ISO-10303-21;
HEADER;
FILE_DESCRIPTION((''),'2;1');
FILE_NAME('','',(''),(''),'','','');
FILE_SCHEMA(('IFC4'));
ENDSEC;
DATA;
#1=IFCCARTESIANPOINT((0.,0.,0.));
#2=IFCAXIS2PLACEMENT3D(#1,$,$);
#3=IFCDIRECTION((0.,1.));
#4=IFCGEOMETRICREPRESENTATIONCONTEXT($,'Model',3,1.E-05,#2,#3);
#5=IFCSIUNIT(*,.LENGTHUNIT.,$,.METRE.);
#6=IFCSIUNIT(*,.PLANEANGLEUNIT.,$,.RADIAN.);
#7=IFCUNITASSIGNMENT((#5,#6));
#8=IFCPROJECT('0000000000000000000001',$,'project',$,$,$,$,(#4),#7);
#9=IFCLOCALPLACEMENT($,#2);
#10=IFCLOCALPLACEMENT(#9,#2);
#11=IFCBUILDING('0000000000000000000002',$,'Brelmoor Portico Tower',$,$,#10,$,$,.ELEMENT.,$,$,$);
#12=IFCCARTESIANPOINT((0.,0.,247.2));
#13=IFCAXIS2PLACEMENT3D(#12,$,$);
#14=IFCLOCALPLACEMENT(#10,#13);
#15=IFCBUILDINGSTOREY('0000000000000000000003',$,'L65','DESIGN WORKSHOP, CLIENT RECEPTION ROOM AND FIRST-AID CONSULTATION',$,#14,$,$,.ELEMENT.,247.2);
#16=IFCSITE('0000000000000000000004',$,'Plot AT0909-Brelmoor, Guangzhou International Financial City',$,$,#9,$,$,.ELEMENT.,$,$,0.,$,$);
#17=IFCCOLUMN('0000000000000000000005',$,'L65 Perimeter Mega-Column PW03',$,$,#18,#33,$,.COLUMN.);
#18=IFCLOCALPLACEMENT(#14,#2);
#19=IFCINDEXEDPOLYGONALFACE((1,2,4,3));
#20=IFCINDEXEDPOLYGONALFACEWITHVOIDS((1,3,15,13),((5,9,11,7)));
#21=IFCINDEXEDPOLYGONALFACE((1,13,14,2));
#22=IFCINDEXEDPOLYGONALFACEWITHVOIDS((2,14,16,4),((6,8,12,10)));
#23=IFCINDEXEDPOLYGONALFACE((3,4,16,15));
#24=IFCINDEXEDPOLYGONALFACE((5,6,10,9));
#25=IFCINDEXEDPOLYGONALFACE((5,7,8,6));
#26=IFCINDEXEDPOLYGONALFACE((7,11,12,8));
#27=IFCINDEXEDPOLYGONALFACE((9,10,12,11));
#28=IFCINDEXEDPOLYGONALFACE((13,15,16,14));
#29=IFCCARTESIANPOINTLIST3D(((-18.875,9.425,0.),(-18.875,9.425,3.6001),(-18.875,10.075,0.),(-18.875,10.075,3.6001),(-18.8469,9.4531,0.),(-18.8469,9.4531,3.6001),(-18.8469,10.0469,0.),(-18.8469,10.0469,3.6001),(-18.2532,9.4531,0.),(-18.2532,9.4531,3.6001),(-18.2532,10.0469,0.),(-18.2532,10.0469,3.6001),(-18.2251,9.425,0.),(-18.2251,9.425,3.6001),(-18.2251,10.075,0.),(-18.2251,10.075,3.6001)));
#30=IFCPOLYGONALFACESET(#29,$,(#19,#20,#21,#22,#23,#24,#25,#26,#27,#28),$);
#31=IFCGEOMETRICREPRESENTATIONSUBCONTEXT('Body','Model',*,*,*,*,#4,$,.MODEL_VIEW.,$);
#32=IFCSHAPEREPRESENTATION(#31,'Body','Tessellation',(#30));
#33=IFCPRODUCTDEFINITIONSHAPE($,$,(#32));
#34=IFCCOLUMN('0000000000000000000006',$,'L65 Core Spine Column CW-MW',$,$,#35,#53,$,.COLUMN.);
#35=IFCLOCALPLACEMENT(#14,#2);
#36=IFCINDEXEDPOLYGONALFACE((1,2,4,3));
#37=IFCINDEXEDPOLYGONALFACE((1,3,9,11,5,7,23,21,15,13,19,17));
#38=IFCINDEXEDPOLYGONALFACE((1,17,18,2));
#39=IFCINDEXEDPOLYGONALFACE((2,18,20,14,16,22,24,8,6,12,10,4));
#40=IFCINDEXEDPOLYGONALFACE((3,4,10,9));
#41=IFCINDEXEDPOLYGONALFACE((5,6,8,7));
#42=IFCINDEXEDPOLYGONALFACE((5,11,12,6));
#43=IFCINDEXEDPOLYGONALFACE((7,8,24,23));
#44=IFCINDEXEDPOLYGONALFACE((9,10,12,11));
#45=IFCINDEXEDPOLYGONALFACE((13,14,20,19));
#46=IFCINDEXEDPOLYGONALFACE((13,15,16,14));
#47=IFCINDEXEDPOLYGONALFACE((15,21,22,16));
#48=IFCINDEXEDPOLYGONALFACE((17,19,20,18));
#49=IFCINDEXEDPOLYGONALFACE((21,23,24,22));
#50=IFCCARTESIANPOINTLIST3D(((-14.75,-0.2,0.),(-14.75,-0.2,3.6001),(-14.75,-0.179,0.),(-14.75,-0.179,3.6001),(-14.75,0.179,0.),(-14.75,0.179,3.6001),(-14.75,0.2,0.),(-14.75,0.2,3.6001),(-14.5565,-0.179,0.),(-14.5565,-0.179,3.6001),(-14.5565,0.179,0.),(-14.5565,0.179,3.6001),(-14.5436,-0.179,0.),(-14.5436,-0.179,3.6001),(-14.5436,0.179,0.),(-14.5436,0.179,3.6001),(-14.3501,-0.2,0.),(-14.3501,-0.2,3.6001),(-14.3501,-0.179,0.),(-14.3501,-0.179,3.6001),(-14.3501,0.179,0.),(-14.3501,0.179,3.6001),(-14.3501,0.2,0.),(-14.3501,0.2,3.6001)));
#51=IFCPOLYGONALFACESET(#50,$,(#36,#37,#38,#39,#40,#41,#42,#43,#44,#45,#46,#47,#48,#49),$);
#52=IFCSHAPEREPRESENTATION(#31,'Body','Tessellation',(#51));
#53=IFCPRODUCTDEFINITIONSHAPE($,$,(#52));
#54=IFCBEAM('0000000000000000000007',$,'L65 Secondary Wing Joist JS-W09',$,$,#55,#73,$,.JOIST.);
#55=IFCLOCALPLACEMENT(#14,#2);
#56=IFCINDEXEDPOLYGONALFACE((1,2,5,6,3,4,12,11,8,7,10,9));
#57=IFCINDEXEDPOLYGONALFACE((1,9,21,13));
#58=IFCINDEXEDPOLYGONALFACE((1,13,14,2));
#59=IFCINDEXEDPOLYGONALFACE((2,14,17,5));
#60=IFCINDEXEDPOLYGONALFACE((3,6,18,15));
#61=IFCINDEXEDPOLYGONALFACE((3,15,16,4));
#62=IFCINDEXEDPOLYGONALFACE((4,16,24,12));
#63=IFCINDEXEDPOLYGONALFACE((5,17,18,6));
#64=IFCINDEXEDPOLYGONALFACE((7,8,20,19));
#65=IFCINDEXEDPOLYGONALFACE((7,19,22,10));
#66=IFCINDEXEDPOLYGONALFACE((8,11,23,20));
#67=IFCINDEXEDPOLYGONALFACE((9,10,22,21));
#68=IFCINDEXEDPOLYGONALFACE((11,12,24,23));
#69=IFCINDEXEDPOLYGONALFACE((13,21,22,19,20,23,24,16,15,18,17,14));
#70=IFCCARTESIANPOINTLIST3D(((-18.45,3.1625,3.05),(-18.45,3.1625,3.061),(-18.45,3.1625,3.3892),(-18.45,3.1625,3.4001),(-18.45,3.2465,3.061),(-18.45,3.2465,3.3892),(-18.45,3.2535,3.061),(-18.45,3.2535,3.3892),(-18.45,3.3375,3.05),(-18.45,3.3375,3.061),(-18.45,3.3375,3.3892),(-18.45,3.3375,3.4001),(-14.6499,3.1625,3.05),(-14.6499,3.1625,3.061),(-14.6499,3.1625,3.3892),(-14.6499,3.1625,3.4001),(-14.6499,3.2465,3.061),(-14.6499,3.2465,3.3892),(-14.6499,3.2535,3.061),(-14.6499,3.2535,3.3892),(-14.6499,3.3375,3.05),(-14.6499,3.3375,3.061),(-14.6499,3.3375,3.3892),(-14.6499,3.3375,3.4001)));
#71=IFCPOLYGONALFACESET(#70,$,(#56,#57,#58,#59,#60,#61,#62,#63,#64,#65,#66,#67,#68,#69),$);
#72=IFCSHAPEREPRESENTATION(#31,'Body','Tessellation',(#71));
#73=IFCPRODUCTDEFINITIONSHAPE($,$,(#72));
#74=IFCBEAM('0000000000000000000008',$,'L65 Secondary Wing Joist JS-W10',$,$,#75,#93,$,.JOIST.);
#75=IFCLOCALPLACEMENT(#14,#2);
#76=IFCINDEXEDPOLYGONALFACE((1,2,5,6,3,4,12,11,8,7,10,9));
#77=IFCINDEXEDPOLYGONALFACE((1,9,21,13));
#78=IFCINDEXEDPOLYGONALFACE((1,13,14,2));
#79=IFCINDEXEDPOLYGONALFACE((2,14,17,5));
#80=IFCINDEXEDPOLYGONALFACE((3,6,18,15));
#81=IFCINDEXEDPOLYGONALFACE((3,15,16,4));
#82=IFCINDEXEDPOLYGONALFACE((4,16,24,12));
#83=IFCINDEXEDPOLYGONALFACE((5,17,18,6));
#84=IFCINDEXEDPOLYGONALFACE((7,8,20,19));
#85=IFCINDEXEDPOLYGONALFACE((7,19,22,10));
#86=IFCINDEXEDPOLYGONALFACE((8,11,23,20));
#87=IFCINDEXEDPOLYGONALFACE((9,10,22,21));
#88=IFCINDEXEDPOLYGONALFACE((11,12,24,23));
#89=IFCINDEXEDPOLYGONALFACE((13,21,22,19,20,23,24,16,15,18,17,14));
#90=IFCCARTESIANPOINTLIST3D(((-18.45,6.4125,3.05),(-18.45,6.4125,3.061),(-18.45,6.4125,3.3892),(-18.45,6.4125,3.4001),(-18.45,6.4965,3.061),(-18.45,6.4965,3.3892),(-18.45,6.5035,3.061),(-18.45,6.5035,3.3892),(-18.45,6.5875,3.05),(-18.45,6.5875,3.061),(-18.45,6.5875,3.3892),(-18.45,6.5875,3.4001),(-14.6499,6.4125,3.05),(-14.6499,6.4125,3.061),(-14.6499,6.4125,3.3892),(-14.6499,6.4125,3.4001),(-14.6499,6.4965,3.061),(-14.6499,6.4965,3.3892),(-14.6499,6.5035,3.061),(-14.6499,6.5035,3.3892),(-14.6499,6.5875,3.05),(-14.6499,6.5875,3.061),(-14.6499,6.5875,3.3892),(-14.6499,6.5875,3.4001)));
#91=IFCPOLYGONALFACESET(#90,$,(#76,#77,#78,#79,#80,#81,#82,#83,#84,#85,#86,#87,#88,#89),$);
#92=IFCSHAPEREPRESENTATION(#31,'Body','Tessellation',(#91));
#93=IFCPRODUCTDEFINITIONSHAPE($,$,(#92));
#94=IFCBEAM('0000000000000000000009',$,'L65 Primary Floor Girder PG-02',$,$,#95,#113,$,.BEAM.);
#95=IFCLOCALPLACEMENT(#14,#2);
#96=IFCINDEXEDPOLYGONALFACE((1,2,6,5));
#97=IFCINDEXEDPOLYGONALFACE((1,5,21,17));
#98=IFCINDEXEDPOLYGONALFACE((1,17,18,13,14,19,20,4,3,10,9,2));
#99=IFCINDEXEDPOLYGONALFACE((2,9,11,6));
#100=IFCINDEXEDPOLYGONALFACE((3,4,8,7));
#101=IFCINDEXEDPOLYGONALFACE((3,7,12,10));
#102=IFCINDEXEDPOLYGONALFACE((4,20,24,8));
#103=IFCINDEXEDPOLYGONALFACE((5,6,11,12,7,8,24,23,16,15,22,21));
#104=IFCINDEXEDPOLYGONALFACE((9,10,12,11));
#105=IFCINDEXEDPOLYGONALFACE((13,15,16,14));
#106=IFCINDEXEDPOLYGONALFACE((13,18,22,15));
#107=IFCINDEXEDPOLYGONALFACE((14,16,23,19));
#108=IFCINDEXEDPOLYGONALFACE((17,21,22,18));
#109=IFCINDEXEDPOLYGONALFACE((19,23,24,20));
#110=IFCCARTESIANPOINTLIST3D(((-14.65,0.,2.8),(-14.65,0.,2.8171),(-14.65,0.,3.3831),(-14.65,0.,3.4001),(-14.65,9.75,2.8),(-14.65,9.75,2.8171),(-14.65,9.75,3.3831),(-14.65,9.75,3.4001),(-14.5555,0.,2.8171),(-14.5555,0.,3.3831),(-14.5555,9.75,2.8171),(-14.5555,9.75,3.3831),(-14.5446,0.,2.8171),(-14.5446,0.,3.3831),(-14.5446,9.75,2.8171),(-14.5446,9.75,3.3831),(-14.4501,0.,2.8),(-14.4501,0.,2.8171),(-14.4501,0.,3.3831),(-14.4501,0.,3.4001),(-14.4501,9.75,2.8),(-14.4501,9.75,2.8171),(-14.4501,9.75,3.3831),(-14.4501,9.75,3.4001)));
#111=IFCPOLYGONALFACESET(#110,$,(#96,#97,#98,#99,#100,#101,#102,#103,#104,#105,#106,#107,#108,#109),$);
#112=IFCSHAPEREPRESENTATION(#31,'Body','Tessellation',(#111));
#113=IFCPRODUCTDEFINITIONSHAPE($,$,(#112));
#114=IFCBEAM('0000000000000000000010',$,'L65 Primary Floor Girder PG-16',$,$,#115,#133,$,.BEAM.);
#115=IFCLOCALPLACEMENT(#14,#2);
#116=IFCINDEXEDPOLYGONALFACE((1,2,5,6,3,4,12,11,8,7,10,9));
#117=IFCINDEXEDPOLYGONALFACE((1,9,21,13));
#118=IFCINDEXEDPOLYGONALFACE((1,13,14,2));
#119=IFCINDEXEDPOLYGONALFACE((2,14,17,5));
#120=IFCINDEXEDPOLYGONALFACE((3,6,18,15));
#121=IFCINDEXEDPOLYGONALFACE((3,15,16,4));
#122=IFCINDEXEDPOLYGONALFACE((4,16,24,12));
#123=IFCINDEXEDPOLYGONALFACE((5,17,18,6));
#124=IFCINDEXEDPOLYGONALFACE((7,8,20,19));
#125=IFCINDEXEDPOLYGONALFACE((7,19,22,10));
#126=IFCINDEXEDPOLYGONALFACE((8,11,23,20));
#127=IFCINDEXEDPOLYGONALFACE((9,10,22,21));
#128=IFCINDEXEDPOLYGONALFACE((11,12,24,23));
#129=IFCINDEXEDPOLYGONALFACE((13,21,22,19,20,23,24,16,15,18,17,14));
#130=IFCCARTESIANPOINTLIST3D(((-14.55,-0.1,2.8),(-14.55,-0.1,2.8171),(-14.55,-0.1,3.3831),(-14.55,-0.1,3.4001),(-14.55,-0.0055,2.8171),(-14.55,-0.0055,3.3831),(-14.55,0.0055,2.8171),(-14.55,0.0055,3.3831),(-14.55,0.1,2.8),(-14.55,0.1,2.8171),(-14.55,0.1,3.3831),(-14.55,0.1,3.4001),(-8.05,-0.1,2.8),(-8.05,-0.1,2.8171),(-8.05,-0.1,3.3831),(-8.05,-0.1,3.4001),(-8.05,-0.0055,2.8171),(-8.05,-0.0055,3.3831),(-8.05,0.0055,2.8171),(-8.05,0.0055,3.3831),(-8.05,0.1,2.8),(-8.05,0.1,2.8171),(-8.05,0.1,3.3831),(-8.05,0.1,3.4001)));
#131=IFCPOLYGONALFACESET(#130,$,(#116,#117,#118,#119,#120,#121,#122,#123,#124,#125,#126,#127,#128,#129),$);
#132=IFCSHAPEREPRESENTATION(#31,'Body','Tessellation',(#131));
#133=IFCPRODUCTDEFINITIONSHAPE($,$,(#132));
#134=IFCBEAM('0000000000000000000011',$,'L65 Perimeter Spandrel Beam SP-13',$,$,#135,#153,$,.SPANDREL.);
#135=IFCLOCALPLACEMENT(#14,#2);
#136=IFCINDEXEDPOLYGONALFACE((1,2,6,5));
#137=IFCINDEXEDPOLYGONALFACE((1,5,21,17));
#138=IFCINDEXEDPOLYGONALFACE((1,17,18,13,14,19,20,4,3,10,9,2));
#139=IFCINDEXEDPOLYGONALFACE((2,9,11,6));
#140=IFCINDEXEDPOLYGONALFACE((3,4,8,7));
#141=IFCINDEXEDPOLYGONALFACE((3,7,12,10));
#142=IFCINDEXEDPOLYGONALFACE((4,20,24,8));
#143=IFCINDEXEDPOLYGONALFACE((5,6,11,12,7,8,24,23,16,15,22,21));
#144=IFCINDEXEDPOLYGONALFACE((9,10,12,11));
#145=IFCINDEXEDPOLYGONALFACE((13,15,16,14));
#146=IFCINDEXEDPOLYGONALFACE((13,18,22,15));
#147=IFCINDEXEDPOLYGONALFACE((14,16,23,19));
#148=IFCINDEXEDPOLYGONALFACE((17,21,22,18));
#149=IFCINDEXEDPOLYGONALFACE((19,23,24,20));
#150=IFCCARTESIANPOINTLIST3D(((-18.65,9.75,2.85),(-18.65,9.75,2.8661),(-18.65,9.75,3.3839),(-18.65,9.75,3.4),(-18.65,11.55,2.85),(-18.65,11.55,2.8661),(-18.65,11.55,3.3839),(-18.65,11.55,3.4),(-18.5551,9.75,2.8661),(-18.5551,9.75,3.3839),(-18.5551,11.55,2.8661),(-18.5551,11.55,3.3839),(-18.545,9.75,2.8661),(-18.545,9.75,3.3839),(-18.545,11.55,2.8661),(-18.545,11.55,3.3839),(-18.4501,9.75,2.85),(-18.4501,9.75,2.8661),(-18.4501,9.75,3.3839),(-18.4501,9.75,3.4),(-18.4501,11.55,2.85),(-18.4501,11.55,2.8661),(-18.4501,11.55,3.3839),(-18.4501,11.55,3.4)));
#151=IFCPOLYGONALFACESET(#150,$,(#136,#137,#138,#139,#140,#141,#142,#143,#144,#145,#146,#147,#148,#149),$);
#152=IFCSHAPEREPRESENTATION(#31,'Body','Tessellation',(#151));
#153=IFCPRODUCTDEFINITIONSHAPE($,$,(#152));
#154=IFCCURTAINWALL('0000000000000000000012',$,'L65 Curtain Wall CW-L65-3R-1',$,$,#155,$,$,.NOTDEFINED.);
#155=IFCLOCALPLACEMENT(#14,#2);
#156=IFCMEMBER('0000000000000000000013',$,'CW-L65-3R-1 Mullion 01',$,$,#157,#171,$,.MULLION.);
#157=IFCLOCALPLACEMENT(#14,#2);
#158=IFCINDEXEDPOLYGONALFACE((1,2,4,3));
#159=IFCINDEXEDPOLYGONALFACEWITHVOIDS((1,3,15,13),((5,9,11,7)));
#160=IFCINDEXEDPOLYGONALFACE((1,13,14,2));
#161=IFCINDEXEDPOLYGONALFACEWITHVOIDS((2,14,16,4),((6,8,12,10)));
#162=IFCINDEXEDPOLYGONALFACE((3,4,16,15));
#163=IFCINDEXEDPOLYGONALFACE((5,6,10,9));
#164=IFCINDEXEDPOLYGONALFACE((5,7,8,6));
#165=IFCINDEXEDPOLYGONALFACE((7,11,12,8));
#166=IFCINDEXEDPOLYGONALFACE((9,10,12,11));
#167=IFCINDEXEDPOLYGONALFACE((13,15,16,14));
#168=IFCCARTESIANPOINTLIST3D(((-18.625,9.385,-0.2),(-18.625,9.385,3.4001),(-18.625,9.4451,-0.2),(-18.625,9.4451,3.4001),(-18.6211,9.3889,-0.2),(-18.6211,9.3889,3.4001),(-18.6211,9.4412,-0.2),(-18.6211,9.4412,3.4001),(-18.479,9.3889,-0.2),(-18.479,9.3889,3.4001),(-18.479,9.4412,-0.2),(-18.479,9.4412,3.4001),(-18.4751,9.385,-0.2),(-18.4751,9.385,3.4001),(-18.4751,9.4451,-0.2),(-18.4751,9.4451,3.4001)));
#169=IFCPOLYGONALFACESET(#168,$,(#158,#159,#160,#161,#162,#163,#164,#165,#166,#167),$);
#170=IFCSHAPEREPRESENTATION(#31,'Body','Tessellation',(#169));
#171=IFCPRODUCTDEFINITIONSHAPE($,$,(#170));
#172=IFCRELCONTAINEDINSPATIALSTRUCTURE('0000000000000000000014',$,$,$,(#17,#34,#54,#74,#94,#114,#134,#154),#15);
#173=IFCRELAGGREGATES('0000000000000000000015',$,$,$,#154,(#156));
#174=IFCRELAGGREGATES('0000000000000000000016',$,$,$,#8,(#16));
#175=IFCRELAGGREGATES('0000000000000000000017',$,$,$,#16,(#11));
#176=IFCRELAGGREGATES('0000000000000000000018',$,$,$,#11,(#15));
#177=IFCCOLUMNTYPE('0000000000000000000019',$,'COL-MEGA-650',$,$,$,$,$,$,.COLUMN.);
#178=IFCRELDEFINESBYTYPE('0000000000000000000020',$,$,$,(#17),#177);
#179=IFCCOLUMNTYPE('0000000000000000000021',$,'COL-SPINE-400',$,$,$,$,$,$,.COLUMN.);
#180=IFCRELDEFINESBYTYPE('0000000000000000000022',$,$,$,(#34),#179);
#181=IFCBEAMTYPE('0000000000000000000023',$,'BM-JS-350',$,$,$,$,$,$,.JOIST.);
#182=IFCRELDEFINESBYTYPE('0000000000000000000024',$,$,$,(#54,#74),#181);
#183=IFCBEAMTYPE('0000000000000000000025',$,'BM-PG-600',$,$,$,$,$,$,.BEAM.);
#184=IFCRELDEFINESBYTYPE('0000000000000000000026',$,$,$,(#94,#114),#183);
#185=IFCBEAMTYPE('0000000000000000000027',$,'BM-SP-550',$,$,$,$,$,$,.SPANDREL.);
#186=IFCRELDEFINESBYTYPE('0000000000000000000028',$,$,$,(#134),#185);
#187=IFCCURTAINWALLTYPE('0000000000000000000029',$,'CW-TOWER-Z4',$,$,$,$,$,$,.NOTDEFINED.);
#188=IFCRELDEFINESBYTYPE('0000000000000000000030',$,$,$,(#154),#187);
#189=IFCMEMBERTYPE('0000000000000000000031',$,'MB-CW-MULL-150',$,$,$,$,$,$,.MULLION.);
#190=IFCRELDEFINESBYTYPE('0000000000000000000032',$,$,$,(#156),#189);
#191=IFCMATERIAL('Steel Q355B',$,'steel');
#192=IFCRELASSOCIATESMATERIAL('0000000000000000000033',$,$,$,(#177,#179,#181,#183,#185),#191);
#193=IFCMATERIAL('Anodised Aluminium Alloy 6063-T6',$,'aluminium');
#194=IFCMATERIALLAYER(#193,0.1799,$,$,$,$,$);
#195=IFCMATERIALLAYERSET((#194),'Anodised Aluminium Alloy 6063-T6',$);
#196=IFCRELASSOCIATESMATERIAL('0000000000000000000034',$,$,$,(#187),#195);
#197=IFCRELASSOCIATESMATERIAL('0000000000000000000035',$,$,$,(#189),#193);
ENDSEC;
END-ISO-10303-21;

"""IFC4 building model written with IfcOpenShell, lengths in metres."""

from ifc_helpers import new_model, si_unit, direction, frame, origin, origin_2d, place, context, subcontext, project, spatial, hollow_rectangle, i_section, extrude, material, layer, layer_set, material_profile, profile_set, type_object, element, aggregate, save


model = new_model("IFC4")

# Units and contexts
model_context = context("Model", 3, precision=1e-05, world=origin(), true_north=direction((0.0, 1.0)))
body_context = subcontext(model_context, "Body", "Model", "MODEL_VIEW")
ifc_project = project(units=[si_unit("LENGTHUNIT", "METRE"), si_unit("PLANEANGLEUNIT", "RADIAN")], contexts=[model_context])

# Site, building, storey
site_placement = place(None, origin())
site = spatial("IfcSite", under=ifc_project, at=site_placement, Name="Plot AT0909-Brelmoor, Guangzhou International Financial City", CompositionType="ELEMENT", RefElevation=0.0)
building_placement = place(site_placement, origin())
building = spatial("IfcBuilding", under=site, at=building_placement, Name="Brelmoor Portico Tower", CompositionType="ELEMENT")
storey_placement = place(building_placement, frame((0.0, 0.0, 247.2)))
storey = spatial("IfcBuildingStorey", under=building, at=storey_placement, Name="L65", Description="DESIGN WORKSHOP, CLIENT RECEPTION ROOM AND FIRST-AID CONSULTATION", CompositionType="ELEMENT", Elevation=247.2)

# Columns
ifc_material_1 = material(Name="Steel Q355B", Category="steel")
ifc_material_profile_1 = material_profile(ifc_material_1, hollow_rectangle(XDim=0.6499, YDim=0.6499, WallThickness=0.0281, at=origin_2d()), Name="BOX 650x650x28")
ifc_profile_set_1 = profile_set([ifc_material_profile_1], Name="Steel Q355B")
column_type_1 = type_object("IfcColumnType", Name="COL-MEGA-650", PredefinedType="COLUMN", material=ifc_profile_set_1)
column_1_placement = place(storey_placement, frame((-18.55, 9.75, 0.0), z_axis=(0.0, 0.0, 1.0), x_axis=(0.0, 1.0, 0.0)))
element("IfcColumn", 1, at=column_1_placement, inside=storey, type_object=column_type_1, Name="L65 Perimeter Mega-Column PW03", PredefinedType="COLUMN", context=body_context, shape_type="SweptSolid", body=[
    extrude(hollow_rectangle(XDim=0.6499, YDim=0.6499, WallThickness=0.0281, at=origin_2d()), origin(), (0.0, 0.0, 1.0), 3.6001),
])
ifc_material_profile_2 = material_profile(ifc_material_1, i_section(OverallWidth=0.3999, OverallDepth=0.3999, WebThickness=0.0129, FlangeThickness=0.021, at=origin_2d()), Name="HW 400x400x13x21")
ifc_profile_set_2 = profile_set([ifc_material_profile_2], Name="Steel Q355B")
column_type_2 = type_object("IfcColumnType", Name="COL-SPINE-400", PredefinedType="COLUMN", material=ifc_profile_set_2)
column_2_placement = place(storey_placement, frame((-14.55, 0.0, 0.0), z_axis=(0.0, 0.0, 1.0), x_axis=(1.0, 0.0, 0.0)))
element("IfcColumn", 2, at=column_2_placement, inside=storey, type_object=column_type_2, Name="L65 Core Spine Column CW-MW", PredefinedType="COLUMN", context=body_context, shape_type="SweptSolid", body=[
    extrude(i_section(OverallWidth=0.3999, OverallDepth=0.3999, WebThickness=0.0129, FlangeThickness=0.021, at=origin_2d()), origin(), (0.0, 0.0, 1.0), 3.6001),
])

# Beams
ifc_material_profile_3 = material_profile(ifc_material_1, i_section(OverallWidth=0.175, OverallDepth=0.3501, WebThickness=0.0071, FlangeThickness=0.011, at=origin_2d()), Name="HN 350x175x7x11")
ifc_profile_set_3 = profile_set([ifc_material_profile_3], Name="Steel Q355B")
beam_type_1 = type_object("IfcBeamType", Name="BM-JS-350", PredefinedType="JOIST", material=ifc_profile_set_3)
for number, where, z_axis, x_axis, name in (
    (3, (-18.45, 3.25, 3.2251), (1.0, 0.0, 0.0), (0.0, 1.0, 0.0), "L65 Secondary Wing Joist JS-W09"),
    (4, (-18.45, 6.5, 3.2251), (1.0, 0.0, 0.0), (0.0, 1.0, 0.0), "L65 Secondary Wing Joist JS-W10"),
):
    element("IfcBeam", number, at=place(storey_placement, frame(where, z_axis=z_axis, x_axis=x_axis)), inside=storey, type_object=beam_type_1, Name=name, PredefinedType="JOIST", context=body_context, shape_type="SweptSolid", body=[
        extrude(i_section(OverallWidth=0.175, OverallDepth=0.3501, WebThickness=0.0071, FlangeThickness=0.011, at=origin_2d()), origin(), (0.0, 0.0, 1.0), 3.8),
    ])
ifc_material_profile_4 = material_profile(ifc_material_1, i_section(OverallWidth=0.2, OverallDepth=0.6001, WebThickness=0.011, FlangeThickness=0.0171, at=origin_2d()), Name="HN 600x200x11x17")
ifc_profile_set_4 = profile_set([ifc_material_profile_4], Name="Steel Q355B")
beam_type_2 = type_object("IfcBeamType", Name="BM-PG-600", PredefinedType="BEAM", material=ifc_profile_set_4)
beam_1_placement = place(storey_placement, frame((-14.55, 0.0, 3.1001), z_axis=(0.0, 1.0, 0.0), x_axis=(-1.0, 0.0, 0.0)))
element("IfcBeam", 5, at=beam_1_placement, inside=storey, type_object=beam_type_2, Name="L65 Primary Floor Girder PG-02", PredefinedType="BEAM", context=body_context, shape_type="SweptSolid", body=[
    extrude(i_section(OverallWidth=0.2, OverallDepth=0.6001, WebThickness=0.011, FlangeThickness=0.0171, at=origin_2d()), origin(), (0.0, 0.0, 1.0), 9.75),
])
beam_2_placement = place(storey_placement, frame((-14.55, 0.0, 3.1001), z_axis=(1.0, 0.0, 0.0), x_axis=(0.0, 1.0, 0.0)))
element("IfcBeam", 6, at=beam_2_placement, inside=storey, type_object=beam_type_2, Name="L65 Primary Floor Girder PG-16", PredefinedType="BEAM", context=body_context, shape_type="SweptSolid", body=[
    extrude(i_section(OverallWidth=0.2, OverallDepth=0.6001, WebThickness=0.011, FlangeThickness=0.0171, at=origin_2d()), origin(), (0.0, 0.0, 1.0), 6.5),
])
ifc_material_profile_5 = material_profile(ifc_material_1, i_section(OverallWidth=0.2, OverallDepth=0.55, WebThickness=0.01, FlangeThickness=0.0161, at=origin_2d()), Name="HN 550x200x10x16")
ifc_profile_set_5 = profile_set([ifc_material_profile_5], Name="Steel Q355B")
beam_type_3 = type_object("IfcBeamType", Name="BM-SP-550", PredefinedType="SPANDREL", material=ifc_profile_set_5)
beam_3_placement = place(storey_placement, frame((-18.55, 9.75, 3.125), z_axis=(0.0, 1.0, 0.0), x_axis=(-1.0, 0.0, 0.0)))
element("IfcBeam", 7, at=beam_3_placement, inside=storey, type_object=beam_type_3, Name="L65 Perimeter Spandrel Beam SP-13", PredefinedType="SPANDREL", context=body_context, shape_type="SweptSolid", body=[
    extrude(i_section(OverallWidth=0.2, OverallDepth=0.55, WebThickness=0.01, FlangeThickness=0.0161, at=origin_2d()), origin(), (0.0, 0.0, 1.0), 1.8),
])

# Curtain wall, member
ifc_material_2 = material(Name="Anodised Aluminium Alloy 6063-T6", Category="aluminium")
ifc_layer_1 = layer(ifc_material_2, 0.1799)
ifc_layer_set_1 = layer_set([ifc_layer_1], Name="Anodised Aluminium Alloy 6063-T6")
curtain_wall_type = type_object("IfcCurtainWallType", Name="CW-TOWER-Z4", PredefinedType="NOTDEFINED", material=ifc_layer_set_1)
curtain_wall_placement = place(storey_placement, origin())
curtain_wall = element("IfcCurtainWall", 8, at=curtain_wall_placement, inside=storey, type_object=curtain_wall_type, Name="L65 Curtain Wall CW-L65-3R-1", PredefinedType="NOTDEFINED")
ifc_material_profile_6 = material_profile(ifc_material_2, hollow_rectangle(XDim=0.0601, YDim=0.1499, WallThickness=0.0039, at=origin_2d()), Name="ALU MULLION 60x150")
ifc_profile_set_6 = profile_set([ifc_material_profile_6], Name="Anodised Aluminium Alloy 6063-T6")
member_type_1 = type_object("IfcMemberType", Name="MB-CW-MULL-150", PredefinedType="MULLION", material=ifc_profile_set_6)
member_1_placement = place(storey_placement, frame((-18.55, 9.415, -0.2), z_axis=(0.0, 0.0, 1.0), x_axis=(0.0, 1.0, 0.0)))
member_1 = element("IfcMember", 9, at=member_1_placement, type_object=member_type_1, Name="CW-L65-3R-1 Mullion 01", PredefinedType="MULLION", context=body_context, shape_type="SweptSolid", body=[
    extrude(hollow_rectangle(XDim=0.0601, YDim=0.1499, WallThickness=0.0039, at=origin_2d()), origin(), (0.0, 0.0, 1.0), 3.6001),
])
aggregate(curtain_wall, [member_1])

save(model, "model.ifc")
